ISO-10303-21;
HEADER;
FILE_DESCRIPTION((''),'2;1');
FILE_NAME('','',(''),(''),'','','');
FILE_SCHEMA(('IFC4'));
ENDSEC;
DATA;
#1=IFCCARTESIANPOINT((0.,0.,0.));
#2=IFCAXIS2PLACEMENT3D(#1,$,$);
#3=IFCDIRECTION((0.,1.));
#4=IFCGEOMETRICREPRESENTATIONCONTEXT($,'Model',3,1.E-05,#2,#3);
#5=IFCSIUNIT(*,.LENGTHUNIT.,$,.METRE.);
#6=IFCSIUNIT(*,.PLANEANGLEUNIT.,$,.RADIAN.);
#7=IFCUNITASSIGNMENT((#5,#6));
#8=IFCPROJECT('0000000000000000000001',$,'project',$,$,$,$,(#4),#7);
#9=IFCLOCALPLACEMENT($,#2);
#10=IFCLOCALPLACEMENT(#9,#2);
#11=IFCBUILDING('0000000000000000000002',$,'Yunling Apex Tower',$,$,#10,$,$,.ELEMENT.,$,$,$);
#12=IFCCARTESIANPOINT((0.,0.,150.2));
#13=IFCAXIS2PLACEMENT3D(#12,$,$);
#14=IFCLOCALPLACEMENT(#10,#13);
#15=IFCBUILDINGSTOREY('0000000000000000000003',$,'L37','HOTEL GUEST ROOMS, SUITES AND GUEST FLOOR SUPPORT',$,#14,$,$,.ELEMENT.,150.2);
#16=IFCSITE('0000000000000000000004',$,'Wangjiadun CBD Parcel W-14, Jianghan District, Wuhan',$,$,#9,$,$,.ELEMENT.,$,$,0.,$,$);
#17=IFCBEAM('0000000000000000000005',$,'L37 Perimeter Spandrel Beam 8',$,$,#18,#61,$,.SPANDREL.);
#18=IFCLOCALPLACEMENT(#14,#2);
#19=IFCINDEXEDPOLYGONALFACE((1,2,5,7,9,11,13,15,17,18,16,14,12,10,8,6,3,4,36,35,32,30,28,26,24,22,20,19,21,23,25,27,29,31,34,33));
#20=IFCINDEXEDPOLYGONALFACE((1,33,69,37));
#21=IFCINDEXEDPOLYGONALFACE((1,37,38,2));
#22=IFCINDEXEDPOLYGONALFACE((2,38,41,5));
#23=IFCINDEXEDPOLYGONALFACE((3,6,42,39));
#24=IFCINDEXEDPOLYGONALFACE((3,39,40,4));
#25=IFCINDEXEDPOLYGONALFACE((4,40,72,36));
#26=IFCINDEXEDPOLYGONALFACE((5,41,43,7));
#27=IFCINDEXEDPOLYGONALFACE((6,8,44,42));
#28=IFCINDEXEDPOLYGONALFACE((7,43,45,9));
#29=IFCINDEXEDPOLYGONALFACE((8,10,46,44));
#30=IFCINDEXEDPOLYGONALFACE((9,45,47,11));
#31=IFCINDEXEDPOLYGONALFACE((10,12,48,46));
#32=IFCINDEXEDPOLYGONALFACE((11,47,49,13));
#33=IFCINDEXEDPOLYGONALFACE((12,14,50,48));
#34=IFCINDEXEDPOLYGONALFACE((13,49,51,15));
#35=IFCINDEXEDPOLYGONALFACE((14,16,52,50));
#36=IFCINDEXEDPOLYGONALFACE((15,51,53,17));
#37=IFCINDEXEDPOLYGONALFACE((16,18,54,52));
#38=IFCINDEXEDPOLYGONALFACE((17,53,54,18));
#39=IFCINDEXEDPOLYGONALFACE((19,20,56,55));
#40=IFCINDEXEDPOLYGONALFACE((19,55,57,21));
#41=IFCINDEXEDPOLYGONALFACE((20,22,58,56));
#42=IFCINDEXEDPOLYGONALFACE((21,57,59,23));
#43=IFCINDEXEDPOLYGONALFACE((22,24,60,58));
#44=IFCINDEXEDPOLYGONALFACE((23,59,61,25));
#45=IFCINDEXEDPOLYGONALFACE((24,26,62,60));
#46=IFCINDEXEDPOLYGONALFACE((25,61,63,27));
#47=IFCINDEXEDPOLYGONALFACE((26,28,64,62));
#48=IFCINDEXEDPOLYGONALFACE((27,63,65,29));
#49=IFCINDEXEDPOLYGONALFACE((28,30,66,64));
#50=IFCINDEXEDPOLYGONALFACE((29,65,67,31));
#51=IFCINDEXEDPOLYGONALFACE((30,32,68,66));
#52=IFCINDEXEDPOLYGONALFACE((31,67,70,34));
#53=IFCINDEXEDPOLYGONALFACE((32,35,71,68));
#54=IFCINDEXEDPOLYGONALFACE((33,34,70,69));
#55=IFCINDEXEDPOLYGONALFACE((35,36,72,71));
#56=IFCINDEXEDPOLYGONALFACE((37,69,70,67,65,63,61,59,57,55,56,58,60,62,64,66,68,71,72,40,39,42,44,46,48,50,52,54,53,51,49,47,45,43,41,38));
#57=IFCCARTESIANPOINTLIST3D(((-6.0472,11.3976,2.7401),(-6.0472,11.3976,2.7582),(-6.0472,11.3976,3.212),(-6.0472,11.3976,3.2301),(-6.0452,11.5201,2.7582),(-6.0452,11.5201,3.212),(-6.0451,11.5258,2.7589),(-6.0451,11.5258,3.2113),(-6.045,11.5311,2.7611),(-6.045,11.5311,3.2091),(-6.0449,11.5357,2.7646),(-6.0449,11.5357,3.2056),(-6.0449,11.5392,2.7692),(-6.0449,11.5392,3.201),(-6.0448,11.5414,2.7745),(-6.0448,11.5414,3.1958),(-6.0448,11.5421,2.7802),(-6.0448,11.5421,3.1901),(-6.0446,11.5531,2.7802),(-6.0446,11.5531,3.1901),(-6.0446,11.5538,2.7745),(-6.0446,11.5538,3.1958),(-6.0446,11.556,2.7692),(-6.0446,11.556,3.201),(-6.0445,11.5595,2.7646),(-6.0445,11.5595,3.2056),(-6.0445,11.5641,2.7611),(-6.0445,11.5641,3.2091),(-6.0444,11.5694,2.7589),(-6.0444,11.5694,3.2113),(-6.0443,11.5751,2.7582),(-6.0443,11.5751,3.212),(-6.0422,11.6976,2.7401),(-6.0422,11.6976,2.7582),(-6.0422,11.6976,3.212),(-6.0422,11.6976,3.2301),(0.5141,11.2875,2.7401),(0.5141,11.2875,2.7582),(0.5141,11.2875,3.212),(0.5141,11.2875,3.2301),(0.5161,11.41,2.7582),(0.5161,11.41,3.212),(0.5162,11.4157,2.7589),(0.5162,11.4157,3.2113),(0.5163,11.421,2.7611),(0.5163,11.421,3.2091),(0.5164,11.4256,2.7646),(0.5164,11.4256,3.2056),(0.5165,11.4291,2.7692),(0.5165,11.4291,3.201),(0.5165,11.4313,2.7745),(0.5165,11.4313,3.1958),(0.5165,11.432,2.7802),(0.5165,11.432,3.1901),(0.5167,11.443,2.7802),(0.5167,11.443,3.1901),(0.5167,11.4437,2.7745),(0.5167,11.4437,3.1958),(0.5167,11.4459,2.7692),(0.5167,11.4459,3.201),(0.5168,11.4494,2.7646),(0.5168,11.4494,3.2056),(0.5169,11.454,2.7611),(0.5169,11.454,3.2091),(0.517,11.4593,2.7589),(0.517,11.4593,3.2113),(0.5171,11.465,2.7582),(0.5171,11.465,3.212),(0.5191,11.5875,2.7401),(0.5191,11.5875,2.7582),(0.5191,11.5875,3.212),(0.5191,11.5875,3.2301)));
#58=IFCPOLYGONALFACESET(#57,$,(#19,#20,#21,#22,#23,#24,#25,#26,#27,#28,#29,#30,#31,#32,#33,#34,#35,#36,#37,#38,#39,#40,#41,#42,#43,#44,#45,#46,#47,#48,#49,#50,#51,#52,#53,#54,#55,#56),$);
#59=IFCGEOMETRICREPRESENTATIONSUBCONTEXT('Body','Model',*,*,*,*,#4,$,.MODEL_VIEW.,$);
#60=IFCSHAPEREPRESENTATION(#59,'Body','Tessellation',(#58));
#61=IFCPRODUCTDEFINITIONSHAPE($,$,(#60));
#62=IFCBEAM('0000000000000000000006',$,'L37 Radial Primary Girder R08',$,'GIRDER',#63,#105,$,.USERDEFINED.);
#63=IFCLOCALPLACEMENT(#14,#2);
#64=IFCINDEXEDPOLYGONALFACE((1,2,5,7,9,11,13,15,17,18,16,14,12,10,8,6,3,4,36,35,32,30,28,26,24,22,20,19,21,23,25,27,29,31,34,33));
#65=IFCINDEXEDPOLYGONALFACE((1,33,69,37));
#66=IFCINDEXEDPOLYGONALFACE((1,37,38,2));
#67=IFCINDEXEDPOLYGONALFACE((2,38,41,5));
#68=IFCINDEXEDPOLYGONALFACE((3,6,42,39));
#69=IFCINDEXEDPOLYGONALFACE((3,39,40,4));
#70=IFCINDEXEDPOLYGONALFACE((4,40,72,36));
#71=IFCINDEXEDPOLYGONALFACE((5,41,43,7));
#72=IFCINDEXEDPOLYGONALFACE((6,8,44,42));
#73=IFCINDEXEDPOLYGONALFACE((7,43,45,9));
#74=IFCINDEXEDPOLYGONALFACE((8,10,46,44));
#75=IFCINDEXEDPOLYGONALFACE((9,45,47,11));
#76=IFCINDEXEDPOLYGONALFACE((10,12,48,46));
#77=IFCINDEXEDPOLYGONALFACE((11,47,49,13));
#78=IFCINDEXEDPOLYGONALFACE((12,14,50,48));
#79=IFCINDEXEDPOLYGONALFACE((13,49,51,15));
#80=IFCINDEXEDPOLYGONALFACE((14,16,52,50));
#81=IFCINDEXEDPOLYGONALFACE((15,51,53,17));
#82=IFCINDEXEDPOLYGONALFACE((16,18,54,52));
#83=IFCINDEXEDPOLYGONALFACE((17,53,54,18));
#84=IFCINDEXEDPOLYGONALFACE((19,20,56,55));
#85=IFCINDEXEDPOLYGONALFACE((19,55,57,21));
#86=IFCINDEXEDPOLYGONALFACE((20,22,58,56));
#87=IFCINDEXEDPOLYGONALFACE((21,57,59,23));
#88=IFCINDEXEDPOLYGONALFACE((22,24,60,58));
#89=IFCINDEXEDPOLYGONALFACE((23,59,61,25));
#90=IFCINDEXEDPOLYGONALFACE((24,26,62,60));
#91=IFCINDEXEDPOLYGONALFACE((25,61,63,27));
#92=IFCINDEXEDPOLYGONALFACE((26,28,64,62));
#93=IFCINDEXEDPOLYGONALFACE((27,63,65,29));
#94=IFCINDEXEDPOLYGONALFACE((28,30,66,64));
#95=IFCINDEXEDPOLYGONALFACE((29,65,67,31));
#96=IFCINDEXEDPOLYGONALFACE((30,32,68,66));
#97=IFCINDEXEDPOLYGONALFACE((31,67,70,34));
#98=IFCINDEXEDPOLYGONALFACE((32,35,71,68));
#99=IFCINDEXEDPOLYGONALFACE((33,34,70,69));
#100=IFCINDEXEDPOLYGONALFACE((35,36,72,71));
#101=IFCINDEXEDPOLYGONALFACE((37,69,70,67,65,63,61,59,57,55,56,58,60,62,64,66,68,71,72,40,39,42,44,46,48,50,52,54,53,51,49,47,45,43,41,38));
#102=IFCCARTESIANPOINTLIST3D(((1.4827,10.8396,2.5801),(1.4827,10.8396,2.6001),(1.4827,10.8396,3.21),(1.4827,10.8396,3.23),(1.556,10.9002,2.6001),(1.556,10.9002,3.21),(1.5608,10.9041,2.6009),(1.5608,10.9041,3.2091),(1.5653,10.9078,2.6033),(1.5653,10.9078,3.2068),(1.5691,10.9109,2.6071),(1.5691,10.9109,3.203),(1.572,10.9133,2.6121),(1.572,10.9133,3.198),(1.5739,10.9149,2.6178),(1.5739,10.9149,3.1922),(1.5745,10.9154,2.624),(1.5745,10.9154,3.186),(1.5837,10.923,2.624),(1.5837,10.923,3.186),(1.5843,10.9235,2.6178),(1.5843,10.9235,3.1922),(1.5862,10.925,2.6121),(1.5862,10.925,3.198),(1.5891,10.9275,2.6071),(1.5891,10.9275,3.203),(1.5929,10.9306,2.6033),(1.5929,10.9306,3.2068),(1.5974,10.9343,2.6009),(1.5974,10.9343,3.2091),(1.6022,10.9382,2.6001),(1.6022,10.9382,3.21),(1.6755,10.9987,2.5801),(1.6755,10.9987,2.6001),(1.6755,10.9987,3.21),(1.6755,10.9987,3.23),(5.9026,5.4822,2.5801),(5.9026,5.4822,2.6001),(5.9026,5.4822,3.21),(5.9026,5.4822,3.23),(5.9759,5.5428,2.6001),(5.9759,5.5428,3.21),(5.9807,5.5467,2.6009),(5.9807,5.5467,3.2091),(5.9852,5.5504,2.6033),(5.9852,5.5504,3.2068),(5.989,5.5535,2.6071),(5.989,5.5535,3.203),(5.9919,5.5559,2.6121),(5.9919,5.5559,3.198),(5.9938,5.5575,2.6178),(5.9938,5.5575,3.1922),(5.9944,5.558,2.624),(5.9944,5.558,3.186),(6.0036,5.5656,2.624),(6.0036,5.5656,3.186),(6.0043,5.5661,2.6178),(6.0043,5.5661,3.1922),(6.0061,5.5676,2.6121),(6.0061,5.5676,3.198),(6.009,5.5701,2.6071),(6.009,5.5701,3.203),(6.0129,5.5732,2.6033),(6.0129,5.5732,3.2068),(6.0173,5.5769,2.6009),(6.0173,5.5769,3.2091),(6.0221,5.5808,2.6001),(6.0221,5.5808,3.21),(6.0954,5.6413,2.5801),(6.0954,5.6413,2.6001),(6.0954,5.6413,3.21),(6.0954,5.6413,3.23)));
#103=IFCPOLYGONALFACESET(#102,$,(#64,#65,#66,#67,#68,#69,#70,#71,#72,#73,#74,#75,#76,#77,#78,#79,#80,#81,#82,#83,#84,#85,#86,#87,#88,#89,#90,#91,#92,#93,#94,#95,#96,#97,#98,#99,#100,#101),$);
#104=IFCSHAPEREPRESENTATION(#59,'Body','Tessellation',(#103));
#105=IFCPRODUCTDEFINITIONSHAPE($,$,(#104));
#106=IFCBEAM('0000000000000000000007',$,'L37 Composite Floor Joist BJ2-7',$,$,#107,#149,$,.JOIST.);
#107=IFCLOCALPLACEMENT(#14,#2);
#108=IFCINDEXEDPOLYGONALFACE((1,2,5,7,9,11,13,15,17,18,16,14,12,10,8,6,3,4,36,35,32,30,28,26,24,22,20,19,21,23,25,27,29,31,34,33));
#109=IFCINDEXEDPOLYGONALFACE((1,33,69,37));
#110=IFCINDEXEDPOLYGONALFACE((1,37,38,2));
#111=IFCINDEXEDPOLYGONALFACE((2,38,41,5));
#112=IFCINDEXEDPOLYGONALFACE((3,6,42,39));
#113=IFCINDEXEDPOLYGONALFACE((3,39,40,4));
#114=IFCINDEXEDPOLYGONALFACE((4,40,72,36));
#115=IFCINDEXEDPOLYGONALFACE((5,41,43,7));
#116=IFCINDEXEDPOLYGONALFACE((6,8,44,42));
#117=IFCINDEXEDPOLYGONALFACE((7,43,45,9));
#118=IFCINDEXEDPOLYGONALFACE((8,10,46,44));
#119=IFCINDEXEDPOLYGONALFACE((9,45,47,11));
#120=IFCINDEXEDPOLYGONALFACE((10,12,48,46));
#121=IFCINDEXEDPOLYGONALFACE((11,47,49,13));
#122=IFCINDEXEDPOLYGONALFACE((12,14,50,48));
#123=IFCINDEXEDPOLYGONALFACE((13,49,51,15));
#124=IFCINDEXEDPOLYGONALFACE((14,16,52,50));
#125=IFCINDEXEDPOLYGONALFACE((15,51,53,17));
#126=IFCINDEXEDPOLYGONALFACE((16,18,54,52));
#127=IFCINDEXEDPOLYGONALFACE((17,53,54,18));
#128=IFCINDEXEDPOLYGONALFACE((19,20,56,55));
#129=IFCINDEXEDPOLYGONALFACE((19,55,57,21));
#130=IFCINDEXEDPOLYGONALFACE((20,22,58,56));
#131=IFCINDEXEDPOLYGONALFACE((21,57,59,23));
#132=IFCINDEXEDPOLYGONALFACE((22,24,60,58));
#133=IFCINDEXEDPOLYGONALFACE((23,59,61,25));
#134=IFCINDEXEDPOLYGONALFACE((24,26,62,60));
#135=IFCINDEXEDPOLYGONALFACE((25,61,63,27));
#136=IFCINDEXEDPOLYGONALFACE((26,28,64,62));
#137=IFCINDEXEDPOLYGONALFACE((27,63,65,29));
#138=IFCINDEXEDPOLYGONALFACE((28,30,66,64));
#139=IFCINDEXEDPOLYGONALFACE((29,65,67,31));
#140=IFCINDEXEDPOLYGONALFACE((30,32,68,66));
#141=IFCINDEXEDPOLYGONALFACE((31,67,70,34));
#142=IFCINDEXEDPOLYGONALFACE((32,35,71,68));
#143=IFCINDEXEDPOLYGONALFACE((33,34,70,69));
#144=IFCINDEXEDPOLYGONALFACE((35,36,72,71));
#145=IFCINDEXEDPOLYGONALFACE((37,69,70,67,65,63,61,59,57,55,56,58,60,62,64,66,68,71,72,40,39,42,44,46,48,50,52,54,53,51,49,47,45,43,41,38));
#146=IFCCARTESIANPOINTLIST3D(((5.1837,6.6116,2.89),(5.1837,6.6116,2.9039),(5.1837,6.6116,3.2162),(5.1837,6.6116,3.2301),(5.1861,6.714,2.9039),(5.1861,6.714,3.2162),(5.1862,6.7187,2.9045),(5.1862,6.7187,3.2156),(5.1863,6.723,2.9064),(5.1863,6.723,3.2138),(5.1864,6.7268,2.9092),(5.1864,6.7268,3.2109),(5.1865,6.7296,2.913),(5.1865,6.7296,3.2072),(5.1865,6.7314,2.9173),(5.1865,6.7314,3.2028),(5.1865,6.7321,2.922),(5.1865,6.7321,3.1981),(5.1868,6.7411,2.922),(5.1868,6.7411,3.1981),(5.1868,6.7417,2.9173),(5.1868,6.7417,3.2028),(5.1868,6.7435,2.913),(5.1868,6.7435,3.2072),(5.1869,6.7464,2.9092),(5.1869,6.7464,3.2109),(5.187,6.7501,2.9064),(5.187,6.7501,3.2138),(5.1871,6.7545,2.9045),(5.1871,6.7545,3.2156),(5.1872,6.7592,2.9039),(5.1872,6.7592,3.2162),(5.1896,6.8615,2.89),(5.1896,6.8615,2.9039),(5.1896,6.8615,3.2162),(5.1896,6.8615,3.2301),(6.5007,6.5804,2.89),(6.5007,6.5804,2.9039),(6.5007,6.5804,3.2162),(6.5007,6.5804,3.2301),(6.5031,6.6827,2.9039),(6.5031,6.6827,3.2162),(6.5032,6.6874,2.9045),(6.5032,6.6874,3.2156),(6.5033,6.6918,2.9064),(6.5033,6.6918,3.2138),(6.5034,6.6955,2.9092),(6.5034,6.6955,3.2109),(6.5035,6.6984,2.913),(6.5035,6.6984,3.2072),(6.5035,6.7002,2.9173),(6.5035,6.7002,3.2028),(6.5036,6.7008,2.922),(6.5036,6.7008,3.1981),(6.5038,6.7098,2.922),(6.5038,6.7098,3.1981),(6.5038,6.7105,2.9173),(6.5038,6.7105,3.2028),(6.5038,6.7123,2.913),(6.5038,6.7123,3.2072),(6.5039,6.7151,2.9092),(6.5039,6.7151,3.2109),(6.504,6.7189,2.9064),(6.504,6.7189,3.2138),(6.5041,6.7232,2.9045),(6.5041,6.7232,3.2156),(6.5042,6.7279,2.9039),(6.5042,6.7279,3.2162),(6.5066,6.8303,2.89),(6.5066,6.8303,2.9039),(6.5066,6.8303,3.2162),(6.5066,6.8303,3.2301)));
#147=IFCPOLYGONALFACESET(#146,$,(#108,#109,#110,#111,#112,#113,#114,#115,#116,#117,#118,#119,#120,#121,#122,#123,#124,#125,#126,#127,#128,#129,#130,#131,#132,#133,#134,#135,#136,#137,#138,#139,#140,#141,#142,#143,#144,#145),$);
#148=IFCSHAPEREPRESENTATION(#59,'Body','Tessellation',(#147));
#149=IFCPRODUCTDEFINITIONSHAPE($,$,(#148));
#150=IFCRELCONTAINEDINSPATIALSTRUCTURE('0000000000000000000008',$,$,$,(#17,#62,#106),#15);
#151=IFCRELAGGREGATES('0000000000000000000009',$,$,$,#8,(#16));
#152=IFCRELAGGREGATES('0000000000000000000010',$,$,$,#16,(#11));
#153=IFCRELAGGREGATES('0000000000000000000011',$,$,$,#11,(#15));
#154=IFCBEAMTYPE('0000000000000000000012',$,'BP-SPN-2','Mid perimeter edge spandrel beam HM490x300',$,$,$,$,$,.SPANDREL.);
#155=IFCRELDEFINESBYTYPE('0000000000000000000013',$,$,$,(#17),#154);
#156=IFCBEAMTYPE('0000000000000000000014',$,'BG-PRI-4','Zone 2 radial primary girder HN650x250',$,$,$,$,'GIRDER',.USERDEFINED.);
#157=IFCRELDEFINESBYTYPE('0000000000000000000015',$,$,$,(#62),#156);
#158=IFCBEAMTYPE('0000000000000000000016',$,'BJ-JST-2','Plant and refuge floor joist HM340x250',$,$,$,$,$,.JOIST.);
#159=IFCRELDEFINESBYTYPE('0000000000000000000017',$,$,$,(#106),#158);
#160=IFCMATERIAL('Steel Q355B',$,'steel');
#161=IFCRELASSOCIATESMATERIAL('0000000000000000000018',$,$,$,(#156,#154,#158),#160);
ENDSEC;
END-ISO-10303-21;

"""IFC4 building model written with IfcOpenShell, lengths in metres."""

from ifc_helpers import new_model, si_unit, direction, frame, origin, origin_2d, place, context, subcontext, project, spatial, i_section, extrude, source, transform, mapped, material, material_profile, profile_set, type_object, element, save


model = new_model("IFC4")

# Units and contexts
model_context = context("Model", 3, precision=1e-05, world=origin(), true_north=direction((0.0, 1.0)))
body_context = subcontext(model_context, "Body", "Model", "MODEL_VIEW")
ifc_project = project(units=[si_unit("LENGTHUNIT", "METRE"), si_unit("PLANEANGLEUNIT", "RADIAN")], contexts=[model_context])

# Site, building, storey
site_placement = place(None, origin())
site = spatial("IfcSite", under=ifc_project, at=site_placement, Name="Wangjiadun CBD Parcel W-14, Jianghan District, Wuhan", CompositionType="ELEMENT", RefElevation=0.0)
building_placement = place(site_placement, origin())
building = spatial("IfcBuilding", under=site, at=building_placement, Name="Yunling Apex Tower", CompositionType="ELEMENT")
storey_placement = place(building_placement, frame((0.0, 0.0, 150.2)))
storey = spatial("IfcBuildingStorey", under=building, at=storey_placement, Name="L37", Description="HOTEL GUEST ROOMS, SUITES AND GUEST FLOOR SUPPORT", CompositionType="ELEMENT", Elevation=150.2)

# Beams
ifc_material_1 = material(Name="Steel Q355B", Category="steel")
ifc_material_profile_1 = material_profile(ifc_material_1, i_section(OverallWidth=0.25, OverallDepth=0.6499, WebThickness=0.012, FlangeThickness=0.02, FilletRadius=0.0239, at=origin_2d()))
ifc_profile_set_1 = profile_set([ifc_material_profile_1], Name="Steel Q355B")
beam_type_1 = type_object("IfcBeamType", Name="BG-PRI-4", Description="Zone 2 radial primary girder HN650x250", ElementType="GIRDER", PredefinedType="USERDEFINED", material=ifc_profile_set_1)
ifc_material_profile_2 = material_profile(ifc_material_1, i_section(OverallWidth=0.3, OverallDepth=0.49, WebThickness=0.011, FlangeThickness=0.0181, FilletRadius=0.022, at=origin_2d()))
ifc_profile_set_2 = profile_set([ifc_material_profile_2], Name="Steel Q355B")
beam_type_2 = type_object("IfcBeamType", Name="BP-SPN-2", Description="Mid perimeter edge spandrel beam HM490x300", PredefinedType="SPANDREL", material=ifc_profile_set_2)
shared_shape_1 = source(origin(), body_context, "Body", "SweptSolid", [
    extrude(i_section(OverallWidth=0.3, OverallDepth=0.49, WebThickness=0.011, FlangeThickness=0.0181, FilletRadius=0.022, at=origin_2d()), origin(), (0.0, 0.0, 1.0), 6.5623),
])
beam_1_placement = place(storey_placement, frame((0.5166, 11.4375, 2.9851), z_axis=(-0.999859, 0.016779, 0.0), x_axis=(-0.016779, -0.999859, 0.0)))
element("IfcBeam", 1, at=beam_1_placement, inside=storey, type_object=beam_type_2, Name="L37 Perimeter Spandrel Beam 8", PredefinedType="SPANDREL", context=body_context, shape_type="MappedRepresentation", body=[
    mapped(shared_shape_1, transform((0.0, 0.0, 0.0), scale=1.0)),
])
shared_shape_2 = source(origin(), body_context, "Body", "SweptSolid", [
    extrude(i_section(OverallWidth=0.25, OverallDepth=0.6499, WebThickness=0.012, FlangeThickness=0.02, FilletRadius=0.0239, at=origin_2d()), origin(), (0.0, 0.0, 1.0), 6.9453),
])
beam_2_placement = place(storey_placement, frame((1.5791, 10.9192, 2.905), z_axis=(0.636387, -0.77137, 0.0), x_axis=(0.77137, 0.636387, 0.0)))
element("IfcBeam", 2, at=beam_2_placement, inside=storey, type_object=beam_type_1, Name="L37 Radial Primary Girder R08", ObjectType="GIRDER", PredefinedType="USERDEFINED", context=body_context, shape_type="MappedRepresentation", body=[
    mapped(shared_shape_2, transform((0.0, 0.0, 0.0), scale=1.0)),
])
ifc_material_profile_3 = material_profile(ifc_material_1, i_section(OverallWidth=0.25, OverallDepth=0.3401, WebThickness=0.009, FlangeThickness=0.0139, FilletRadius=0.0181, at=origin_2d()))
ifc_profile_set_3 = profile_set([ifc_material_profile_3], Name="Steel Q355B")
beam_type_3 = type_object("IfcBeamType", Name="BJ-JST-2", Description="Plant and refuge floor joist HM340x250", PredefinedType="JOIST", material=ifc_profile_set_3)
shared_shape_3 = source(origin(), body_context, "Body", "SweptSolid", [
    extrude(i_section(OverallWidth=0.25, OverallDepth=0.3401, WebThickness=0.009, FlangeThickness=0.0139, FilletRadius=0.0181, at=origin_2d()), origin(), (0.0, 0.0, 1.0), 1.3174),
])
beam_3_placement = place(storey_placement, frame((6.5037, 6.7053, 3.0601), z_axis=(-0.999719, 0.023723, 0.0), x_axis=(-0.023723, -0.999719, 0.0)))
element("IfcBeam", 3, at=beam_3_placement, inside=storey, type_object=beam_type_3, Name="L37 Composite Floor Joist BJ2-7", PredefinedType="JOIST", context=body_context, shape_type="MappedRepresentation", body=[
    mapped(shared_shape_3, transform((0.0, 0.0, 0.0), scale=1.0)),
])

save(model, "model.ifc")
